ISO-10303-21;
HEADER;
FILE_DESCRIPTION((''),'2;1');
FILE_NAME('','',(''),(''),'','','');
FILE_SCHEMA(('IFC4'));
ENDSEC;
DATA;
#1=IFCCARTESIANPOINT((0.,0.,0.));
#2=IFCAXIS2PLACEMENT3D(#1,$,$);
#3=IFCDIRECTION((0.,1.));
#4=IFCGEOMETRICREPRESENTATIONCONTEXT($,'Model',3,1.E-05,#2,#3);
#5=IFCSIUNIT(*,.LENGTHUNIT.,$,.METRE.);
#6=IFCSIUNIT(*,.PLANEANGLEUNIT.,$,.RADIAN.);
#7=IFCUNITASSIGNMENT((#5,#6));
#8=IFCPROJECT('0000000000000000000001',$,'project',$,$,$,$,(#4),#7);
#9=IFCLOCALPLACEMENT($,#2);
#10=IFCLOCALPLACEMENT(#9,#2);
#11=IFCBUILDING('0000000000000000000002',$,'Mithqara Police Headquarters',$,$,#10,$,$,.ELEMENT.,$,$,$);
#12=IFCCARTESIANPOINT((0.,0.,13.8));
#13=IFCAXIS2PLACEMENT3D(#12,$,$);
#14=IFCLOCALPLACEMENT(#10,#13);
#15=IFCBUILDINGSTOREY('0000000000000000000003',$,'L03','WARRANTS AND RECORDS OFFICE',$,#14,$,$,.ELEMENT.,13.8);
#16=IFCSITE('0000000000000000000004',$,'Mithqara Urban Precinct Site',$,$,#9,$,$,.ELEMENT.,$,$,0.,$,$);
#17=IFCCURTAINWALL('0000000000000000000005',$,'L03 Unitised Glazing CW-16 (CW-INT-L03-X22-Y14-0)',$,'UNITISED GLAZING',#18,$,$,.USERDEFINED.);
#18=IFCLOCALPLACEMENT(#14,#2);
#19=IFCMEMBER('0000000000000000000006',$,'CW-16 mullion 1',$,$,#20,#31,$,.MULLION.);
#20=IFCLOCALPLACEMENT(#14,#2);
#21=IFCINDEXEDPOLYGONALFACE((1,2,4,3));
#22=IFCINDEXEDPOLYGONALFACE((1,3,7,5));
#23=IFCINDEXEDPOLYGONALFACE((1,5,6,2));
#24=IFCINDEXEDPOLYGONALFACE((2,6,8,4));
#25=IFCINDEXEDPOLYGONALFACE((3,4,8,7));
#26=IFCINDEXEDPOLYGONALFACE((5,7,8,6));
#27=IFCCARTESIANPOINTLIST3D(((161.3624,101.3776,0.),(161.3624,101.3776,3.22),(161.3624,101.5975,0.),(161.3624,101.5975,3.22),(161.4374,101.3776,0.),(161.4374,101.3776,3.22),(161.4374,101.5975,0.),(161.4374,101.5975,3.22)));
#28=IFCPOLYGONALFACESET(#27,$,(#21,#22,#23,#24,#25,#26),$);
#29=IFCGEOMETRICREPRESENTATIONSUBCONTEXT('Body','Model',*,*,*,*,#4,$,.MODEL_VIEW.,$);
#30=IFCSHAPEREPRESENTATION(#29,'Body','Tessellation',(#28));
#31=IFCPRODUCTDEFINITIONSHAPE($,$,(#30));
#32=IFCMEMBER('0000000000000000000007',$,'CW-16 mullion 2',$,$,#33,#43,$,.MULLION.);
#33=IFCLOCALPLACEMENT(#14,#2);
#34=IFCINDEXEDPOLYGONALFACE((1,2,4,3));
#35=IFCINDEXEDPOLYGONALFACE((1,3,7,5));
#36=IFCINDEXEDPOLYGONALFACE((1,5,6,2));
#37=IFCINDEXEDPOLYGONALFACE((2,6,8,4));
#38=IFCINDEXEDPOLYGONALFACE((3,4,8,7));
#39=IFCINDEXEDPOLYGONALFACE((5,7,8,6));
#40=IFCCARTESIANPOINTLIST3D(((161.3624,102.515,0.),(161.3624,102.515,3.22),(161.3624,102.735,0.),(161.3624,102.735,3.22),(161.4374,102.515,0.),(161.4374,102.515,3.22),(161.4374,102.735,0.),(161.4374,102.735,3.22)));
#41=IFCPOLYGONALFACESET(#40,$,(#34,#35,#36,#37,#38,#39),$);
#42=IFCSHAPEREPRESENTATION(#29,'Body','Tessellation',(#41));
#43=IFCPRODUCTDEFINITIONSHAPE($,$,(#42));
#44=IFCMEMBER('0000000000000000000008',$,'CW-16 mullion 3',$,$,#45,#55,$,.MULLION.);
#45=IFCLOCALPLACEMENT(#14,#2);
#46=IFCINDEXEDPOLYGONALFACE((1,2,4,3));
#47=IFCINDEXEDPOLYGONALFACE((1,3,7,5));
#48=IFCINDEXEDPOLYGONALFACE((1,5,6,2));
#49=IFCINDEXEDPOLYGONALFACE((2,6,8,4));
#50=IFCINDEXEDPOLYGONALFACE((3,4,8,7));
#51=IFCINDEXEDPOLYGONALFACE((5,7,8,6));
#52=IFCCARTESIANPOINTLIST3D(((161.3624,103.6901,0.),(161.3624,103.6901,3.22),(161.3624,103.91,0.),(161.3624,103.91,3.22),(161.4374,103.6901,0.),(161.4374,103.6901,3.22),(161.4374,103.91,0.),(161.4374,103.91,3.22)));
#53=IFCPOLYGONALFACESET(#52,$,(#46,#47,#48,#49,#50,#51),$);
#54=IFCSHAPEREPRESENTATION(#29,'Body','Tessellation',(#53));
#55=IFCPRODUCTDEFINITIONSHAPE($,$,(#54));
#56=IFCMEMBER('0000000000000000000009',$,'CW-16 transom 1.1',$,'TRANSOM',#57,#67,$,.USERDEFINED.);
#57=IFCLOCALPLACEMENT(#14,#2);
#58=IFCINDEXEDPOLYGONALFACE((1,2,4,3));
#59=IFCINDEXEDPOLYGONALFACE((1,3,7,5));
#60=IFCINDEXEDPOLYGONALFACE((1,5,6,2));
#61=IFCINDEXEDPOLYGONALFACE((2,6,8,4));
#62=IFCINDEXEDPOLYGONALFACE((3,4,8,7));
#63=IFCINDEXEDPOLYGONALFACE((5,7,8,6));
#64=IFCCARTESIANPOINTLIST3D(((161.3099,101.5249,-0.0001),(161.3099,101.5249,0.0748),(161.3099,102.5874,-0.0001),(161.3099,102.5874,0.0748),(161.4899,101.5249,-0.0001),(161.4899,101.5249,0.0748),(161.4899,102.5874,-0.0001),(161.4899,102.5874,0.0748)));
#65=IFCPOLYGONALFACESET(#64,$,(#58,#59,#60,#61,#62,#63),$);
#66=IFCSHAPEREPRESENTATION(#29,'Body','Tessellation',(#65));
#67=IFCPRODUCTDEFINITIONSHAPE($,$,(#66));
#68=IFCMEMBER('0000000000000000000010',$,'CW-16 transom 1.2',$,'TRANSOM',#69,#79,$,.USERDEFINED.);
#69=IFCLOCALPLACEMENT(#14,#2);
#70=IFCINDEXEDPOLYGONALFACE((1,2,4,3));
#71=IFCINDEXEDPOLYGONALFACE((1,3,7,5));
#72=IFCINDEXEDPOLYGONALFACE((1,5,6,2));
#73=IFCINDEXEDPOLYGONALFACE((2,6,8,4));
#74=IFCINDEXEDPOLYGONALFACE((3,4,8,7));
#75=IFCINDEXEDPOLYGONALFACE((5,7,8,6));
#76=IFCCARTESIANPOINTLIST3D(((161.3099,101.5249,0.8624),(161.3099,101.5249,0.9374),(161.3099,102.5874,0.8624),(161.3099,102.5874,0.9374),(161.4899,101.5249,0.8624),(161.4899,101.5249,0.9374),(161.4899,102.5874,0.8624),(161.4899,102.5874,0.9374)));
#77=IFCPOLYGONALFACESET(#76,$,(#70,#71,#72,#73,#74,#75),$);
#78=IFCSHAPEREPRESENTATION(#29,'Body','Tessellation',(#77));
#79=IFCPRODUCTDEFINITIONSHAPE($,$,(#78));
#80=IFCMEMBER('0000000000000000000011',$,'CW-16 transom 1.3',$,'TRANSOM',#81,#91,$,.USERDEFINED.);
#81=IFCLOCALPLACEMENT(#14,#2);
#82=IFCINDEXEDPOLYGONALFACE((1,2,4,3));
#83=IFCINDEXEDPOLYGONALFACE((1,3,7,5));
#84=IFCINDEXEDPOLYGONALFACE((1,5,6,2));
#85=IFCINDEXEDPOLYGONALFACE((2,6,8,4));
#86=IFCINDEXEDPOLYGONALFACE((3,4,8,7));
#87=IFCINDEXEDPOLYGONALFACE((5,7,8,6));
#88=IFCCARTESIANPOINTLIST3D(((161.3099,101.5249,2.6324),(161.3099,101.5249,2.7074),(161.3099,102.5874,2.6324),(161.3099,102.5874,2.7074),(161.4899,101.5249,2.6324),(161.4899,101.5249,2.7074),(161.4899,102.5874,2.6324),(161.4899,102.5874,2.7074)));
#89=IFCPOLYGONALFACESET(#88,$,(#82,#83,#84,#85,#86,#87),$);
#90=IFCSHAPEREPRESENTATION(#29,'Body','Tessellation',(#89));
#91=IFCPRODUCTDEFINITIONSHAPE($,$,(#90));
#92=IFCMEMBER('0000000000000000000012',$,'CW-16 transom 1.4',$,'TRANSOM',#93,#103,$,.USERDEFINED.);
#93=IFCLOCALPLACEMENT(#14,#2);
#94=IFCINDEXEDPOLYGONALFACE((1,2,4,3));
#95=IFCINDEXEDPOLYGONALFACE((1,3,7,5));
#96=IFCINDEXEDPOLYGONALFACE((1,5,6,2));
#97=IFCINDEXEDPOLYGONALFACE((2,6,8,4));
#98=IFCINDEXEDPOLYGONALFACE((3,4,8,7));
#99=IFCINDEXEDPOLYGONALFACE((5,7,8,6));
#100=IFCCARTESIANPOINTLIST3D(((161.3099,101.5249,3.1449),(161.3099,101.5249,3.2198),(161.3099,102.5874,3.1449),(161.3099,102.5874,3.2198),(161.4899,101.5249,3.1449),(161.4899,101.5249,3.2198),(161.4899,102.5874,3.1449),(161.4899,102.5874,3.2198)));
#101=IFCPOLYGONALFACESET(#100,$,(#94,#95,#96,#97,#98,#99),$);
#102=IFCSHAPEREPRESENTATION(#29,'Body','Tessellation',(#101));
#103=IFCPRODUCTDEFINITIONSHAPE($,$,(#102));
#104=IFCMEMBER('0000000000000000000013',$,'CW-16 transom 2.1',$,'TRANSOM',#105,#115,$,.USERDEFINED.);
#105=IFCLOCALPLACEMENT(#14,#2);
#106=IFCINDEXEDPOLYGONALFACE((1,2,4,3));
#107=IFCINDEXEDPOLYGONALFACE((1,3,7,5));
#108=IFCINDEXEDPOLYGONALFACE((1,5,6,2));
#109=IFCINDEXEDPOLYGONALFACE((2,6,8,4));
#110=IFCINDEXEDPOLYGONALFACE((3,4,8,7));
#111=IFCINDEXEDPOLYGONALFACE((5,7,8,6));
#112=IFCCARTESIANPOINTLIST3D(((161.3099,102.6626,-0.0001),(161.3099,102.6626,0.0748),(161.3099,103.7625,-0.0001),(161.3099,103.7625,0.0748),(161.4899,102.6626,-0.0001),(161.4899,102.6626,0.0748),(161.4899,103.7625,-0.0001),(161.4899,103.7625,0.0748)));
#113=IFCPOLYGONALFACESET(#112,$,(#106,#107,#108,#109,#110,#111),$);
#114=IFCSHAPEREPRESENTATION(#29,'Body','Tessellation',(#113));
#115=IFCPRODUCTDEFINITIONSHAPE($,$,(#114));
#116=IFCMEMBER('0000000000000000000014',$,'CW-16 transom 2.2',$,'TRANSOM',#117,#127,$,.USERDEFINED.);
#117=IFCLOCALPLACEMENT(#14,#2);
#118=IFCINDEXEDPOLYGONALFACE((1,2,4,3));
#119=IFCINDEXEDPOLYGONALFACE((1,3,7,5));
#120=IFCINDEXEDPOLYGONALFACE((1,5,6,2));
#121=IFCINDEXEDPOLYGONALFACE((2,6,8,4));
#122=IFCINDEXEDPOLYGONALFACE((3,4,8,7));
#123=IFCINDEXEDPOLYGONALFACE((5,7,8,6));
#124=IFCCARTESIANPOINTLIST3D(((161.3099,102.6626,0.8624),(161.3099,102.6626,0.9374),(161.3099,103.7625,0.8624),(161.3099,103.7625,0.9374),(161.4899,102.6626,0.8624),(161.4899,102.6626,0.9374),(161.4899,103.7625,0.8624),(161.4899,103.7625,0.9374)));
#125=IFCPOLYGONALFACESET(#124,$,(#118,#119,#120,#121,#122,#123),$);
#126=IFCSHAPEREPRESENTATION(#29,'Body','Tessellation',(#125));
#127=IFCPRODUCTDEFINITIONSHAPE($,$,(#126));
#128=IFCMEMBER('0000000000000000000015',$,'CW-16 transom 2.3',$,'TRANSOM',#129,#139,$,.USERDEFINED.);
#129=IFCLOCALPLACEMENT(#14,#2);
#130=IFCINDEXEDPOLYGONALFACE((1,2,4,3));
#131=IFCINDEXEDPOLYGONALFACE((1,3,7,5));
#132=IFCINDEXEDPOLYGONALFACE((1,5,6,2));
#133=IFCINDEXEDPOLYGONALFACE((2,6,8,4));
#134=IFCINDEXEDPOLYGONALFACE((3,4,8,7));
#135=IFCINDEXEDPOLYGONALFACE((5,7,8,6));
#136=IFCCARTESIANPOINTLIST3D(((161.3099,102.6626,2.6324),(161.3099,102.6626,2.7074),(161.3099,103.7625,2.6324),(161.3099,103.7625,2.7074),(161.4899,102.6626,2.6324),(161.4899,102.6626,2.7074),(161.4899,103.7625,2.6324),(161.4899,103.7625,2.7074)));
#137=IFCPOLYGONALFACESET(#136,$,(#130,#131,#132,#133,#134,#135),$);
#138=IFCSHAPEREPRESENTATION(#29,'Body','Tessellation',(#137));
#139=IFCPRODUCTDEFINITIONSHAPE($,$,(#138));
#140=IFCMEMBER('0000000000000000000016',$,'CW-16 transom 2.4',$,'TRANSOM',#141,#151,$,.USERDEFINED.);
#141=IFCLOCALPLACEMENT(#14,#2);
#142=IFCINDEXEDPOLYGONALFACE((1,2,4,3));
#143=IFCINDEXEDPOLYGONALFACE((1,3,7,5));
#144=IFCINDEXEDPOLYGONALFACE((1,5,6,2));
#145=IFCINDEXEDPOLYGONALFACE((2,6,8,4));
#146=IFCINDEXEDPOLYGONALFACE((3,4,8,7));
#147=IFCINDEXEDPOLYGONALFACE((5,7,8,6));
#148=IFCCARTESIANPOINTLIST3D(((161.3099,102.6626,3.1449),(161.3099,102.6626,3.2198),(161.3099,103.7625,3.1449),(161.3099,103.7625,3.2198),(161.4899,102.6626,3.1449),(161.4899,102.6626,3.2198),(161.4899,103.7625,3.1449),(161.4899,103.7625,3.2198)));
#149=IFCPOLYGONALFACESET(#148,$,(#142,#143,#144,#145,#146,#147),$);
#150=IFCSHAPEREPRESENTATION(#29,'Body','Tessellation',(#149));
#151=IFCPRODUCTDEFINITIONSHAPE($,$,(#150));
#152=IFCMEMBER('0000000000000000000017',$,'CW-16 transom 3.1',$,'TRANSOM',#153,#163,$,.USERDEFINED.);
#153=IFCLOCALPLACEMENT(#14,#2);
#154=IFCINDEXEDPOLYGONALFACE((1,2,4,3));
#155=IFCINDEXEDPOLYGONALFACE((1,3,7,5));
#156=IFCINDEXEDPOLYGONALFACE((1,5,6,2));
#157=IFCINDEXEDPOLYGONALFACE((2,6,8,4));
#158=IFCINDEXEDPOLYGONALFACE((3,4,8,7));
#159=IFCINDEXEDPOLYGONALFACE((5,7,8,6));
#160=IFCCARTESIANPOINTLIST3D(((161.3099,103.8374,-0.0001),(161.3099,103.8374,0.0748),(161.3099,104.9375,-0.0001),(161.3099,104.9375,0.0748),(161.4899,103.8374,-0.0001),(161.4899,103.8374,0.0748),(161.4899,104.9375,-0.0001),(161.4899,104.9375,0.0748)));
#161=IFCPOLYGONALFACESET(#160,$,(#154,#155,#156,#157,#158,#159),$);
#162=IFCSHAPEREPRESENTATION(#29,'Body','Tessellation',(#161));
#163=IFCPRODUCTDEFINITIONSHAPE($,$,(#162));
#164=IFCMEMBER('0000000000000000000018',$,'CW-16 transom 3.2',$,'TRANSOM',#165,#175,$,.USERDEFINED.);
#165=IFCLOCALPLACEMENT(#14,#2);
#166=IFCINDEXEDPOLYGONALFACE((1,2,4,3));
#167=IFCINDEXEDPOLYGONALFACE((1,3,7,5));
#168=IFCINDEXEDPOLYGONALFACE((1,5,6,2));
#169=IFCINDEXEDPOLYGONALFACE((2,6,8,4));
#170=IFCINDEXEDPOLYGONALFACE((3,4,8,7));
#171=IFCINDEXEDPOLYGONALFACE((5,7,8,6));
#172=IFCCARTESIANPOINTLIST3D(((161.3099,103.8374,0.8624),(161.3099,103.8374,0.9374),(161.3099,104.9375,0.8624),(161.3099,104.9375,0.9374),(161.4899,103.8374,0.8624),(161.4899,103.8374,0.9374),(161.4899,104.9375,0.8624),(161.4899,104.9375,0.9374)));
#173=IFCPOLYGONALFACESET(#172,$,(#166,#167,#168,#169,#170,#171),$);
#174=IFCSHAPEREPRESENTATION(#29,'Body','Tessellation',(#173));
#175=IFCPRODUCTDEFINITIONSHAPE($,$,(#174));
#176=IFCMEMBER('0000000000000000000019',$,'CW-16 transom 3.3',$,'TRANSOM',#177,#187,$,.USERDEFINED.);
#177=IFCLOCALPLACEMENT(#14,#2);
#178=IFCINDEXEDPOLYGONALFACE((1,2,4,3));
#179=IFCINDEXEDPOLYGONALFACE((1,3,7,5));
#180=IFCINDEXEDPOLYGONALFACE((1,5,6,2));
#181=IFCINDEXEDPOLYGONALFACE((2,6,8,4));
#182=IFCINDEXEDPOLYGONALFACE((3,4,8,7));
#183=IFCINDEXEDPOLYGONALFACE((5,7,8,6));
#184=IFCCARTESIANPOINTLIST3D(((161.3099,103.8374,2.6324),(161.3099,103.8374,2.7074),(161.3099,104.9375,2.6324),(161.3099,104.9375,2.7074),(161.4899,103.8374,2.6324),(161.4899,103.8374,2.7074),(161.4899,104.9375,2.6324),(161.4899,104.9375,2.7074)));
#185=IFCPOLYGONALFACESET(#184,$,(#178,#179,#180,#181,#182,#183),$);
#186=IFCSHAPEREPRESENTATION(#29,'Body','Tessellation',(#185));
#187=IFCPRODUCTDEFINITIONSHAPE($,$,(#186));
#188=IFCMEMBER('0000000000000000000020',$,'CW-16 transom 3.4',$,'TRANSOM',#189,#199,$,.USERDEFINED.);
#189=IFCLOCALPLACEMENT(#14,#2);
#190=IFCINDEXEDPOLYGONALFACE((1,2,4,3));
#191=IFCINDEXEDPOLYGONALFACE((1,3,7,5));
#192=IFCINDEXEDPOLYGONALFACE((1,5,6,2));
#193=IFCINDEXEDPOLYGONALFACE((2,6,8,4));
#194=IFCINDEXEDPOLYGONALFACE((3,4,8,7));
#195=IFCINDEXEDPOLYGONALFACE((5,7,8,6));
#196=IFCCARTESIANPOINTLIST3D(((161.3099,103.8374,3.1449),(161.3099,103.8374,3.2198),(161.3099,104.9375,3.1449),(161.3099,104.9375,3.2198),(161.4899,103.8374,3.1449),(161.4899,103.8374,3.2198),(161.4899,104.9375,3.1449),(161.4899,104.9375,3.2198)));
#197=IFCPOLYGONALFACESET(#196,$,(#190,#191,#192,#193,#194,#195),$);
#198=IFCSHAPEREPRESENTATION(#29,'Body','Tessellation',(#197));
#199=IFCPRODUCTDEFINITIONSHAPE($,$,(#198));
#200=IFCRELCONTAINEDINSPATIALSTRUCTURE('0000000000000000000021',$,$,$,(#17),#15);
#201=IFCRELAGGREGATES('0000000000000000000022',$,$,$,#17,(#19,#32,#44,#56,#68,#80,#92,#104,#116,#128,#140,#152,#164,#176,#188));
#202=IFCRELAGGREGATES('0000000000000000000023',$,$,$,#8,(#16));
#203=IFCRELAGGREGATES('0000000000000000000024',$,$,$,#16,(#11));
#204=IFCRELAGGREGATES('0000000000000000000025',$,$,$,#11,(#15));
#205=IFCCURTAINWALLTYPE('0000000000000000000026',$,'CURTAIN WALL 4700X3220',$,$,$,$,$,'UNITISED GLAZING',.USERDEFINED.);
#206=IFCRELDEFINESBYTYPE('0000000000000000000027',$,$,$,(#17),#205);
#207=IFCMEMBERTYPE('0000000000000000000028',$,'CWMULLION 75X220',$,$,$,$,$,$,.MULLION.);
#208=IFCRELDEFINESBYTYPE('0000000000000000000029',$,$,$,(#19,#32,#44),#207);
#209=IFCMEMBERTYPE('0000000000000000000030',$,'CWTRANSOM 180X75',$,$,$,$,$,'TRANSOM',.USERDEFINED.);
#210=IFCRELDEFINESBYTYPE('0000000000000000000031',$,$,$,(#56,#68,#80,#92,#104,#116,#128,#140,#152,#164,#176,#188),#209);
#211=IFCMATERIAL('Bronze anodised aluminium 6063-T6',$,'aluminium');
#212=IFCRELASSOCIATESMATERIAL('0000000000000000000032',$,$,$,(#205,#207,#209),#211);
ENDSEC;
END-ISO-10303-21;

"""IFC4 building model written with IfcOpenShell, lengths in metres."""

from ifc_helpers import new_model, si_unit, direction, frame, origin, origin_2d, place, context, subcontext, project, spatial, rectangle, extrude, material, material_profile, profile_set, type_object, element, aggregate, save


model = new_model("IFC4")

# Units and contexts
model_context = context("Model", 3, precision=1e-05, world=origin(), true_north=direction((0.0, 1.0)))
body_context = subcontext(model_context, "Body", "Model", "MODEL_VIEW")
ifc_project = project(units=[si_unit("LENGTHUNIT", "METRE"), si_unit("PLANEANGLEUNIT", "RADIAN")], contexts=[model_context])

# Site, building, storey
site_placement = place(None, origin())
site = spatial("IfcSite", under=ifc_project, at=site_placement, Name="Mithqara Urban Precinct Site", CompositionType="ELEMENT", RefElevation=0.0)
building_placement = place(site_placement, origin())
building = spatial("IfcBuilding", under=site, at=building_placement, Name="Mithqara Police Headquarters", CompositionType="ELEMENT")
storey_placement = place(building_placement, frame((0.0, 0.0, 13.8)))
storey = spatial("IfcBuildingStorey", under=building, at=storey_placement, Name="L03", Description="WARRANTS AND RECORDS OFFICE", CompositionType="ELEMENT", Elevation=13.8)

# Curtain wall, members
ifc_material_1 = material(Name="Bronze anodised aluminium 6063-T6", Category="aluminium")
curtain_wall_type = type_object("IfcCurtainWallType", Name="CURTAIN WALL 4700X3220", ElementType="UNITISED GLAZING", PredefinedType="USERDEFINED", material=ifc_material_1)
curtain_wall_placement = place(storey_placement, origin())
curtain_wall = element("IfcCurtainWall", 1, at=curtain_wall_placement, inside=storey, type_object=curtain_wall_type, Name="L03 Unitised Glazing CW-16 (CW-INT-L03-X22-Y14-0)", ObjectType="UNITISED GLAZING", PredefinedType="USERDEFINED")
ifc_material_profile_1 = material_profile(ifc_material_1, rectangle(XDim=0.075, YDim=0.22, at=origin_2d()), Name="CWM 75x220")
ifc_profile_set_1 = profile_set([ifc_material_profile_1], Name="Bronze anodised aluminium 6063-T6")
member_type_1 = type_object("IfcMemberType", Name="CWMULLION 75X220", PredefinedType="MULLION", material=ifc_profile_set_1)
member_1_placement = place(storey_placement, frame((161.3999, 101.4875, 0.0), z_axis=(0.0, 0.0, 1.0), x_axis=(-1.0, 0.0, 0.0)))
member_1 = element("IfcMember", 2, at=member_1_placement, type_object=member_type_1, Name="CW-16 mullion 1", PredefinedType="MULLION", context=body_context, shape_type="SweptSolid", body=[
    extrude(rectangle(XDim=0.075, YDim=0.22, at=origin_2d()), origin(), (0.0, 0.0, 1.0), 3.22),
])
member_2_placement = place(storey_placement, frame((161.3999, 102.625, 0.0), z_axis=(0.0, 0.0, 1.0), x_axis=(-1.0, 0.0, 0.0)))
member_2 = element("IfcMember", 3, at=member_2_placement, type_object=member_type_1, Name="CW-16 mullion 2", PredefinedType="MULLION", context=body_context, shape_type="SweptSolid", body=[
    extrude(rectangle(XDim=0.075, YDim=0.22, at=origin_2d()), origin(), (0.0, 0.0, 1.0), 3.22),
])
member_3_placement = place(storey_placement, frame((161.3999, 103.8, 0.0), z_axis=(0.0, 0.0, 1.0), x_axis=(-1.0, 0.0, 0.0)))
member_3 = element("IfcMember", 4, at=member_3_placement, type_object=member_type_1, Name="CW-16 mullion 3", PredefinedType="MULLION", context=body_context, shape_type="SweptSolid", body=[
    extrude(rectangle(XDim=0.075, YDim=0.22, at=origin_2d()), origin(), (0.0, 0.0, 1.0), 3.22),
])
ifc_material_profile_2 = material_profile(ifc_material_1, rectangle(XDim=0.1799, YDim=0.075, at=origin_2d()), Name="CWT 180x75")
ifc_profile_set_2 = profile_set([ifc_material_profile_2], Name="Bronze anodised aluminium 6063-T6")
member_type_2 = type_object("IfcMemberType", Name="CWTRANSOM 180X75", ElementType="TRANSOM", PredefinedType="USERDEFINED", material=ifc_profile_set_2)
member_4_placement = place(storey_placement, frame((161.3999, 101.5249, 0.0374), z_axis=(0.0, 1.0, 0.0), x_axis=(-1.0, 0.0, 0.0)))
member_4 = element("IfcMember", 5, at=member_4_placement, type_object=member_type_2, Name="CW-16 transom 1.1", ObjectType="TRANSOM", PredefinedType="USERDEFINED", context=body_context, shape_type="SweptSolid", body=[
    extrude(rectangle(XDim=0.1799, YDim=0.075, at=origin_2d()), origin(), (0.0, 0.0, 1.0), 1.0625),
])
member_5_placement = place(storey_placement, frame((161.3999, 101.5249, 0.8999), z_axis=(0.0, 1.0, 0.0), x_axis=(-1.0, 0.0, 0.0)))
member_5 = element("IfcMember", 6, at=member_5_placement, type_object=member_type_2, Name="CW-16 transom 1.2", ObjectType="TRANSOM", PredefinedType="USERDEFINED", context=body_context, shape_type="SweptSolid", body=[
    extrude(rectangle(XDim=0.1799, YDim=0.075, at=origin_2d()), origin(), (0.0, 0.0, 1.0), 1.0625),
])
member_6_placement = place(storey_placement, frame((161.3999, 101.5249, 2.6699), z_axis=(0.0, 1.0, 0.0), x_axis=(-1.0, 0.0, 0.0)))
member_6 = element("IfcMember", 7, at=member_6_placement, type_object=member_type_2, Name="CW-16 transom 1.3", ObjectType="TRANSOM", PredefinedType="USERDEFINED", context=body_context, shape_type="SweptSolid", body=[
    extrude(rectangle(XDim=0.1799, YDim=0.075, at=origin_2d()), origin(), (0.0, 0.0, 1.0), 1.0625),
])
member_7_placement = place(storey_placement, frame((161.3999, 101.5249, 3.1824), z_axis=(0.0, 1.0, 0.0), x_axis=(-1.0, 0.0, 0.0)))
member_7 = element("IfcMember", 8, at=member_7_placement, type_object=member_type_2, Name="CW-16 transom 1.4", ObjectType="TRANSOM", PredefinedType="USERDEFINED", context=body_context, shape_type="SweptSolid", body=[
    extrude(rectangle(XDim=0.1799, YDim=0.075, at=origin_2d()), origin(), (0.0, 0.0, 1.0), 1.0625),
])
member_8_placement = place(storey_placement, frame((161.3999, 102.6626, 0.0374), z_axis=(0.0, 1.0, 0.0), x_axis=(-1.0, 0.0, 0.0)))
member_8 = element("IfcMember", 9, at=member_8_placement, type_object=member_type_2, Name="CW-16 transom 2.1", ObjectType="TRANSOM", PredefinedType="USERDEFINED", context=body_context, shape_type="SweptSolid", body=[
    extrude(rectangle(XDim=0.1799, YDim=0.075, at=origin_2d()), origin(), (0.0, 0.0, 1.0), 1.0999),
])
member_9_placement = place(storey_placement, frame((161.3999, 102.6626, 0.8999), z_axis=(0.0, 1.0, 0.0), x_axis=(-1.0, 0.0, 0.0)))
member_9 = element("IfcMember", 10, at=member_9_placement, type_object=member_type_2, Name="CW-16 transom 2.2", ObjectType="TRANSOM", PredefinedType="USERDEFINED", context=body_context, shape_type="SweptSolid", body=[
    extrude(rectangle(XDim=0.1799, YDim=0.075, at=origin_2d()), origin(), (0.0, 0.0, 1.0), 1.0999),
])
member_10_placement = place(storey_placement, frame((161.3999, 102.6626, 2.6699), z_axis=(0.0, 1.0, 0.0), x_axis=(-1.0, 0.0, 0.0)))
member_10 = element("IfcMember", 11, at=member_10_placement, type_object=member_type_2, Name="CW-16 transom 2.3", ObjectType="TRANSOM", PredefinedType="USERDEFINED", context=body_context, shape_type="SweptSolid", body=[
    extrude(rectangle(XDim=0.1799, YDim=0.075, at=origin_2d()), origin(), (0.0, 0.0, 1.0), 1.0999),
])
member_11_placement = place(storey_placement, frame((161.3999, 102.6626, 3.1824), z_axis=(0.0, 1.0, 0.0), x_axis=(-1.0, 0.0, 0.0)))
member_11 = element("IfcMember", 12, at=member_11_placement, type_object=member_type_2, Name="CW-16 transom 2.4", ObjectType="TRANSOM", PredefinedType="USERDEFINED", context=body_context, shape_type="SweptSolid", body=[
    extrude(rectangle(XDim=0.1799, YDim=0.075, at=origin_2d()), origin(), (0.0, 0.0, 1.0), 1.0999),
])
member_12_placement = place(storey_placement, frame((161.3999, 103.8374, 0.0374), z_axis=(0.0, 1.0, 0.0), x_axis=(-1.0, 0.0, 0.0)))
member_12 = element("IfcMember", 13, at=member_12_placement, type_object=member_type_2, Name="CW-16 transom 3.1", ObjectType="TRANSOM", PredefinedType="USERDEFINED", context=body_context, shape_type="SweptSolid", body=[
    extrude(rectangle(XDim=0.1799, YDim=0.075, at=origin_2d()), origin(), (0.0, 0.0, 1.0), 1.1001),
])
member_13_placement = place(storey_placement, frame((161.3999, 103.8374, 0.8999), z_axis=(0.0, 1.0, 0.0), x_axis=(-1.0, 0.0, 0.0)))
member_13 = element("IfcMember", 14, at=member_13_placement, type_object=member_type_2, Name="CW-16 transom 3.2", ObjectType="TRANSOM", PredefinedType="USERDEFINED", context=body_context, shape_type="SweptSolid", body=[
    extrude(rectangle(XDim=0.1799, YDim=0.075, at=origin_2d()), origin(), (0.0, 0.0, 1.0), 1.1001),
])
member_14_placement = place(storey_placement, frame((161.3999, 103.8374, 2.6699), z_axis=(0.0, 1.0, 0.0), x_axis=(-1.0, 0.0, 0.0)))
member_14 = element("IfcMember", 15, at=member_14_placement, type_object=member_type_2, Name="CW-16 transom 3.3", ObjectType="TRANSOM", PredefinedType="USERDEFINED", context=body_context, shape_type="SweptSolid", body=[
    extrude(rectangle(XDim=0.1799, YDim=0.075, at=origin_2d()), origin(), (0.0, 0.0, 1.0), 1.1001),
])
member_15_placement = place(storey_placement, frame((161.3999, 103.8374, 3.1824), z_axis=(0.0, 1.0, 0.0), x_axis=(-1.0, 0.0, 0.0)))
member_15 = element("IfcMember", 16, at=member_15_placement, type_object=member_type_2, Name="CW-16 transom 3.4", ObjectType="TRANSOM", PredefinedType="USERDEFINED", context=body_context, shape_type="SweptSolid", body=[
    extrude(rectangle(XDim=0.1799, YDim=0.075, at=origin_2d()), origin(), (0.0, 0.0, 1.0), 1.1001),
])
aggregate(curtain_wall, [member_1, member_2, member_3, member_4, member_5, member_6, member_7, member_8, member_9, member_10, member_11, member_12, member_13, member_14, member_15])

save(model, "model.ifc")
